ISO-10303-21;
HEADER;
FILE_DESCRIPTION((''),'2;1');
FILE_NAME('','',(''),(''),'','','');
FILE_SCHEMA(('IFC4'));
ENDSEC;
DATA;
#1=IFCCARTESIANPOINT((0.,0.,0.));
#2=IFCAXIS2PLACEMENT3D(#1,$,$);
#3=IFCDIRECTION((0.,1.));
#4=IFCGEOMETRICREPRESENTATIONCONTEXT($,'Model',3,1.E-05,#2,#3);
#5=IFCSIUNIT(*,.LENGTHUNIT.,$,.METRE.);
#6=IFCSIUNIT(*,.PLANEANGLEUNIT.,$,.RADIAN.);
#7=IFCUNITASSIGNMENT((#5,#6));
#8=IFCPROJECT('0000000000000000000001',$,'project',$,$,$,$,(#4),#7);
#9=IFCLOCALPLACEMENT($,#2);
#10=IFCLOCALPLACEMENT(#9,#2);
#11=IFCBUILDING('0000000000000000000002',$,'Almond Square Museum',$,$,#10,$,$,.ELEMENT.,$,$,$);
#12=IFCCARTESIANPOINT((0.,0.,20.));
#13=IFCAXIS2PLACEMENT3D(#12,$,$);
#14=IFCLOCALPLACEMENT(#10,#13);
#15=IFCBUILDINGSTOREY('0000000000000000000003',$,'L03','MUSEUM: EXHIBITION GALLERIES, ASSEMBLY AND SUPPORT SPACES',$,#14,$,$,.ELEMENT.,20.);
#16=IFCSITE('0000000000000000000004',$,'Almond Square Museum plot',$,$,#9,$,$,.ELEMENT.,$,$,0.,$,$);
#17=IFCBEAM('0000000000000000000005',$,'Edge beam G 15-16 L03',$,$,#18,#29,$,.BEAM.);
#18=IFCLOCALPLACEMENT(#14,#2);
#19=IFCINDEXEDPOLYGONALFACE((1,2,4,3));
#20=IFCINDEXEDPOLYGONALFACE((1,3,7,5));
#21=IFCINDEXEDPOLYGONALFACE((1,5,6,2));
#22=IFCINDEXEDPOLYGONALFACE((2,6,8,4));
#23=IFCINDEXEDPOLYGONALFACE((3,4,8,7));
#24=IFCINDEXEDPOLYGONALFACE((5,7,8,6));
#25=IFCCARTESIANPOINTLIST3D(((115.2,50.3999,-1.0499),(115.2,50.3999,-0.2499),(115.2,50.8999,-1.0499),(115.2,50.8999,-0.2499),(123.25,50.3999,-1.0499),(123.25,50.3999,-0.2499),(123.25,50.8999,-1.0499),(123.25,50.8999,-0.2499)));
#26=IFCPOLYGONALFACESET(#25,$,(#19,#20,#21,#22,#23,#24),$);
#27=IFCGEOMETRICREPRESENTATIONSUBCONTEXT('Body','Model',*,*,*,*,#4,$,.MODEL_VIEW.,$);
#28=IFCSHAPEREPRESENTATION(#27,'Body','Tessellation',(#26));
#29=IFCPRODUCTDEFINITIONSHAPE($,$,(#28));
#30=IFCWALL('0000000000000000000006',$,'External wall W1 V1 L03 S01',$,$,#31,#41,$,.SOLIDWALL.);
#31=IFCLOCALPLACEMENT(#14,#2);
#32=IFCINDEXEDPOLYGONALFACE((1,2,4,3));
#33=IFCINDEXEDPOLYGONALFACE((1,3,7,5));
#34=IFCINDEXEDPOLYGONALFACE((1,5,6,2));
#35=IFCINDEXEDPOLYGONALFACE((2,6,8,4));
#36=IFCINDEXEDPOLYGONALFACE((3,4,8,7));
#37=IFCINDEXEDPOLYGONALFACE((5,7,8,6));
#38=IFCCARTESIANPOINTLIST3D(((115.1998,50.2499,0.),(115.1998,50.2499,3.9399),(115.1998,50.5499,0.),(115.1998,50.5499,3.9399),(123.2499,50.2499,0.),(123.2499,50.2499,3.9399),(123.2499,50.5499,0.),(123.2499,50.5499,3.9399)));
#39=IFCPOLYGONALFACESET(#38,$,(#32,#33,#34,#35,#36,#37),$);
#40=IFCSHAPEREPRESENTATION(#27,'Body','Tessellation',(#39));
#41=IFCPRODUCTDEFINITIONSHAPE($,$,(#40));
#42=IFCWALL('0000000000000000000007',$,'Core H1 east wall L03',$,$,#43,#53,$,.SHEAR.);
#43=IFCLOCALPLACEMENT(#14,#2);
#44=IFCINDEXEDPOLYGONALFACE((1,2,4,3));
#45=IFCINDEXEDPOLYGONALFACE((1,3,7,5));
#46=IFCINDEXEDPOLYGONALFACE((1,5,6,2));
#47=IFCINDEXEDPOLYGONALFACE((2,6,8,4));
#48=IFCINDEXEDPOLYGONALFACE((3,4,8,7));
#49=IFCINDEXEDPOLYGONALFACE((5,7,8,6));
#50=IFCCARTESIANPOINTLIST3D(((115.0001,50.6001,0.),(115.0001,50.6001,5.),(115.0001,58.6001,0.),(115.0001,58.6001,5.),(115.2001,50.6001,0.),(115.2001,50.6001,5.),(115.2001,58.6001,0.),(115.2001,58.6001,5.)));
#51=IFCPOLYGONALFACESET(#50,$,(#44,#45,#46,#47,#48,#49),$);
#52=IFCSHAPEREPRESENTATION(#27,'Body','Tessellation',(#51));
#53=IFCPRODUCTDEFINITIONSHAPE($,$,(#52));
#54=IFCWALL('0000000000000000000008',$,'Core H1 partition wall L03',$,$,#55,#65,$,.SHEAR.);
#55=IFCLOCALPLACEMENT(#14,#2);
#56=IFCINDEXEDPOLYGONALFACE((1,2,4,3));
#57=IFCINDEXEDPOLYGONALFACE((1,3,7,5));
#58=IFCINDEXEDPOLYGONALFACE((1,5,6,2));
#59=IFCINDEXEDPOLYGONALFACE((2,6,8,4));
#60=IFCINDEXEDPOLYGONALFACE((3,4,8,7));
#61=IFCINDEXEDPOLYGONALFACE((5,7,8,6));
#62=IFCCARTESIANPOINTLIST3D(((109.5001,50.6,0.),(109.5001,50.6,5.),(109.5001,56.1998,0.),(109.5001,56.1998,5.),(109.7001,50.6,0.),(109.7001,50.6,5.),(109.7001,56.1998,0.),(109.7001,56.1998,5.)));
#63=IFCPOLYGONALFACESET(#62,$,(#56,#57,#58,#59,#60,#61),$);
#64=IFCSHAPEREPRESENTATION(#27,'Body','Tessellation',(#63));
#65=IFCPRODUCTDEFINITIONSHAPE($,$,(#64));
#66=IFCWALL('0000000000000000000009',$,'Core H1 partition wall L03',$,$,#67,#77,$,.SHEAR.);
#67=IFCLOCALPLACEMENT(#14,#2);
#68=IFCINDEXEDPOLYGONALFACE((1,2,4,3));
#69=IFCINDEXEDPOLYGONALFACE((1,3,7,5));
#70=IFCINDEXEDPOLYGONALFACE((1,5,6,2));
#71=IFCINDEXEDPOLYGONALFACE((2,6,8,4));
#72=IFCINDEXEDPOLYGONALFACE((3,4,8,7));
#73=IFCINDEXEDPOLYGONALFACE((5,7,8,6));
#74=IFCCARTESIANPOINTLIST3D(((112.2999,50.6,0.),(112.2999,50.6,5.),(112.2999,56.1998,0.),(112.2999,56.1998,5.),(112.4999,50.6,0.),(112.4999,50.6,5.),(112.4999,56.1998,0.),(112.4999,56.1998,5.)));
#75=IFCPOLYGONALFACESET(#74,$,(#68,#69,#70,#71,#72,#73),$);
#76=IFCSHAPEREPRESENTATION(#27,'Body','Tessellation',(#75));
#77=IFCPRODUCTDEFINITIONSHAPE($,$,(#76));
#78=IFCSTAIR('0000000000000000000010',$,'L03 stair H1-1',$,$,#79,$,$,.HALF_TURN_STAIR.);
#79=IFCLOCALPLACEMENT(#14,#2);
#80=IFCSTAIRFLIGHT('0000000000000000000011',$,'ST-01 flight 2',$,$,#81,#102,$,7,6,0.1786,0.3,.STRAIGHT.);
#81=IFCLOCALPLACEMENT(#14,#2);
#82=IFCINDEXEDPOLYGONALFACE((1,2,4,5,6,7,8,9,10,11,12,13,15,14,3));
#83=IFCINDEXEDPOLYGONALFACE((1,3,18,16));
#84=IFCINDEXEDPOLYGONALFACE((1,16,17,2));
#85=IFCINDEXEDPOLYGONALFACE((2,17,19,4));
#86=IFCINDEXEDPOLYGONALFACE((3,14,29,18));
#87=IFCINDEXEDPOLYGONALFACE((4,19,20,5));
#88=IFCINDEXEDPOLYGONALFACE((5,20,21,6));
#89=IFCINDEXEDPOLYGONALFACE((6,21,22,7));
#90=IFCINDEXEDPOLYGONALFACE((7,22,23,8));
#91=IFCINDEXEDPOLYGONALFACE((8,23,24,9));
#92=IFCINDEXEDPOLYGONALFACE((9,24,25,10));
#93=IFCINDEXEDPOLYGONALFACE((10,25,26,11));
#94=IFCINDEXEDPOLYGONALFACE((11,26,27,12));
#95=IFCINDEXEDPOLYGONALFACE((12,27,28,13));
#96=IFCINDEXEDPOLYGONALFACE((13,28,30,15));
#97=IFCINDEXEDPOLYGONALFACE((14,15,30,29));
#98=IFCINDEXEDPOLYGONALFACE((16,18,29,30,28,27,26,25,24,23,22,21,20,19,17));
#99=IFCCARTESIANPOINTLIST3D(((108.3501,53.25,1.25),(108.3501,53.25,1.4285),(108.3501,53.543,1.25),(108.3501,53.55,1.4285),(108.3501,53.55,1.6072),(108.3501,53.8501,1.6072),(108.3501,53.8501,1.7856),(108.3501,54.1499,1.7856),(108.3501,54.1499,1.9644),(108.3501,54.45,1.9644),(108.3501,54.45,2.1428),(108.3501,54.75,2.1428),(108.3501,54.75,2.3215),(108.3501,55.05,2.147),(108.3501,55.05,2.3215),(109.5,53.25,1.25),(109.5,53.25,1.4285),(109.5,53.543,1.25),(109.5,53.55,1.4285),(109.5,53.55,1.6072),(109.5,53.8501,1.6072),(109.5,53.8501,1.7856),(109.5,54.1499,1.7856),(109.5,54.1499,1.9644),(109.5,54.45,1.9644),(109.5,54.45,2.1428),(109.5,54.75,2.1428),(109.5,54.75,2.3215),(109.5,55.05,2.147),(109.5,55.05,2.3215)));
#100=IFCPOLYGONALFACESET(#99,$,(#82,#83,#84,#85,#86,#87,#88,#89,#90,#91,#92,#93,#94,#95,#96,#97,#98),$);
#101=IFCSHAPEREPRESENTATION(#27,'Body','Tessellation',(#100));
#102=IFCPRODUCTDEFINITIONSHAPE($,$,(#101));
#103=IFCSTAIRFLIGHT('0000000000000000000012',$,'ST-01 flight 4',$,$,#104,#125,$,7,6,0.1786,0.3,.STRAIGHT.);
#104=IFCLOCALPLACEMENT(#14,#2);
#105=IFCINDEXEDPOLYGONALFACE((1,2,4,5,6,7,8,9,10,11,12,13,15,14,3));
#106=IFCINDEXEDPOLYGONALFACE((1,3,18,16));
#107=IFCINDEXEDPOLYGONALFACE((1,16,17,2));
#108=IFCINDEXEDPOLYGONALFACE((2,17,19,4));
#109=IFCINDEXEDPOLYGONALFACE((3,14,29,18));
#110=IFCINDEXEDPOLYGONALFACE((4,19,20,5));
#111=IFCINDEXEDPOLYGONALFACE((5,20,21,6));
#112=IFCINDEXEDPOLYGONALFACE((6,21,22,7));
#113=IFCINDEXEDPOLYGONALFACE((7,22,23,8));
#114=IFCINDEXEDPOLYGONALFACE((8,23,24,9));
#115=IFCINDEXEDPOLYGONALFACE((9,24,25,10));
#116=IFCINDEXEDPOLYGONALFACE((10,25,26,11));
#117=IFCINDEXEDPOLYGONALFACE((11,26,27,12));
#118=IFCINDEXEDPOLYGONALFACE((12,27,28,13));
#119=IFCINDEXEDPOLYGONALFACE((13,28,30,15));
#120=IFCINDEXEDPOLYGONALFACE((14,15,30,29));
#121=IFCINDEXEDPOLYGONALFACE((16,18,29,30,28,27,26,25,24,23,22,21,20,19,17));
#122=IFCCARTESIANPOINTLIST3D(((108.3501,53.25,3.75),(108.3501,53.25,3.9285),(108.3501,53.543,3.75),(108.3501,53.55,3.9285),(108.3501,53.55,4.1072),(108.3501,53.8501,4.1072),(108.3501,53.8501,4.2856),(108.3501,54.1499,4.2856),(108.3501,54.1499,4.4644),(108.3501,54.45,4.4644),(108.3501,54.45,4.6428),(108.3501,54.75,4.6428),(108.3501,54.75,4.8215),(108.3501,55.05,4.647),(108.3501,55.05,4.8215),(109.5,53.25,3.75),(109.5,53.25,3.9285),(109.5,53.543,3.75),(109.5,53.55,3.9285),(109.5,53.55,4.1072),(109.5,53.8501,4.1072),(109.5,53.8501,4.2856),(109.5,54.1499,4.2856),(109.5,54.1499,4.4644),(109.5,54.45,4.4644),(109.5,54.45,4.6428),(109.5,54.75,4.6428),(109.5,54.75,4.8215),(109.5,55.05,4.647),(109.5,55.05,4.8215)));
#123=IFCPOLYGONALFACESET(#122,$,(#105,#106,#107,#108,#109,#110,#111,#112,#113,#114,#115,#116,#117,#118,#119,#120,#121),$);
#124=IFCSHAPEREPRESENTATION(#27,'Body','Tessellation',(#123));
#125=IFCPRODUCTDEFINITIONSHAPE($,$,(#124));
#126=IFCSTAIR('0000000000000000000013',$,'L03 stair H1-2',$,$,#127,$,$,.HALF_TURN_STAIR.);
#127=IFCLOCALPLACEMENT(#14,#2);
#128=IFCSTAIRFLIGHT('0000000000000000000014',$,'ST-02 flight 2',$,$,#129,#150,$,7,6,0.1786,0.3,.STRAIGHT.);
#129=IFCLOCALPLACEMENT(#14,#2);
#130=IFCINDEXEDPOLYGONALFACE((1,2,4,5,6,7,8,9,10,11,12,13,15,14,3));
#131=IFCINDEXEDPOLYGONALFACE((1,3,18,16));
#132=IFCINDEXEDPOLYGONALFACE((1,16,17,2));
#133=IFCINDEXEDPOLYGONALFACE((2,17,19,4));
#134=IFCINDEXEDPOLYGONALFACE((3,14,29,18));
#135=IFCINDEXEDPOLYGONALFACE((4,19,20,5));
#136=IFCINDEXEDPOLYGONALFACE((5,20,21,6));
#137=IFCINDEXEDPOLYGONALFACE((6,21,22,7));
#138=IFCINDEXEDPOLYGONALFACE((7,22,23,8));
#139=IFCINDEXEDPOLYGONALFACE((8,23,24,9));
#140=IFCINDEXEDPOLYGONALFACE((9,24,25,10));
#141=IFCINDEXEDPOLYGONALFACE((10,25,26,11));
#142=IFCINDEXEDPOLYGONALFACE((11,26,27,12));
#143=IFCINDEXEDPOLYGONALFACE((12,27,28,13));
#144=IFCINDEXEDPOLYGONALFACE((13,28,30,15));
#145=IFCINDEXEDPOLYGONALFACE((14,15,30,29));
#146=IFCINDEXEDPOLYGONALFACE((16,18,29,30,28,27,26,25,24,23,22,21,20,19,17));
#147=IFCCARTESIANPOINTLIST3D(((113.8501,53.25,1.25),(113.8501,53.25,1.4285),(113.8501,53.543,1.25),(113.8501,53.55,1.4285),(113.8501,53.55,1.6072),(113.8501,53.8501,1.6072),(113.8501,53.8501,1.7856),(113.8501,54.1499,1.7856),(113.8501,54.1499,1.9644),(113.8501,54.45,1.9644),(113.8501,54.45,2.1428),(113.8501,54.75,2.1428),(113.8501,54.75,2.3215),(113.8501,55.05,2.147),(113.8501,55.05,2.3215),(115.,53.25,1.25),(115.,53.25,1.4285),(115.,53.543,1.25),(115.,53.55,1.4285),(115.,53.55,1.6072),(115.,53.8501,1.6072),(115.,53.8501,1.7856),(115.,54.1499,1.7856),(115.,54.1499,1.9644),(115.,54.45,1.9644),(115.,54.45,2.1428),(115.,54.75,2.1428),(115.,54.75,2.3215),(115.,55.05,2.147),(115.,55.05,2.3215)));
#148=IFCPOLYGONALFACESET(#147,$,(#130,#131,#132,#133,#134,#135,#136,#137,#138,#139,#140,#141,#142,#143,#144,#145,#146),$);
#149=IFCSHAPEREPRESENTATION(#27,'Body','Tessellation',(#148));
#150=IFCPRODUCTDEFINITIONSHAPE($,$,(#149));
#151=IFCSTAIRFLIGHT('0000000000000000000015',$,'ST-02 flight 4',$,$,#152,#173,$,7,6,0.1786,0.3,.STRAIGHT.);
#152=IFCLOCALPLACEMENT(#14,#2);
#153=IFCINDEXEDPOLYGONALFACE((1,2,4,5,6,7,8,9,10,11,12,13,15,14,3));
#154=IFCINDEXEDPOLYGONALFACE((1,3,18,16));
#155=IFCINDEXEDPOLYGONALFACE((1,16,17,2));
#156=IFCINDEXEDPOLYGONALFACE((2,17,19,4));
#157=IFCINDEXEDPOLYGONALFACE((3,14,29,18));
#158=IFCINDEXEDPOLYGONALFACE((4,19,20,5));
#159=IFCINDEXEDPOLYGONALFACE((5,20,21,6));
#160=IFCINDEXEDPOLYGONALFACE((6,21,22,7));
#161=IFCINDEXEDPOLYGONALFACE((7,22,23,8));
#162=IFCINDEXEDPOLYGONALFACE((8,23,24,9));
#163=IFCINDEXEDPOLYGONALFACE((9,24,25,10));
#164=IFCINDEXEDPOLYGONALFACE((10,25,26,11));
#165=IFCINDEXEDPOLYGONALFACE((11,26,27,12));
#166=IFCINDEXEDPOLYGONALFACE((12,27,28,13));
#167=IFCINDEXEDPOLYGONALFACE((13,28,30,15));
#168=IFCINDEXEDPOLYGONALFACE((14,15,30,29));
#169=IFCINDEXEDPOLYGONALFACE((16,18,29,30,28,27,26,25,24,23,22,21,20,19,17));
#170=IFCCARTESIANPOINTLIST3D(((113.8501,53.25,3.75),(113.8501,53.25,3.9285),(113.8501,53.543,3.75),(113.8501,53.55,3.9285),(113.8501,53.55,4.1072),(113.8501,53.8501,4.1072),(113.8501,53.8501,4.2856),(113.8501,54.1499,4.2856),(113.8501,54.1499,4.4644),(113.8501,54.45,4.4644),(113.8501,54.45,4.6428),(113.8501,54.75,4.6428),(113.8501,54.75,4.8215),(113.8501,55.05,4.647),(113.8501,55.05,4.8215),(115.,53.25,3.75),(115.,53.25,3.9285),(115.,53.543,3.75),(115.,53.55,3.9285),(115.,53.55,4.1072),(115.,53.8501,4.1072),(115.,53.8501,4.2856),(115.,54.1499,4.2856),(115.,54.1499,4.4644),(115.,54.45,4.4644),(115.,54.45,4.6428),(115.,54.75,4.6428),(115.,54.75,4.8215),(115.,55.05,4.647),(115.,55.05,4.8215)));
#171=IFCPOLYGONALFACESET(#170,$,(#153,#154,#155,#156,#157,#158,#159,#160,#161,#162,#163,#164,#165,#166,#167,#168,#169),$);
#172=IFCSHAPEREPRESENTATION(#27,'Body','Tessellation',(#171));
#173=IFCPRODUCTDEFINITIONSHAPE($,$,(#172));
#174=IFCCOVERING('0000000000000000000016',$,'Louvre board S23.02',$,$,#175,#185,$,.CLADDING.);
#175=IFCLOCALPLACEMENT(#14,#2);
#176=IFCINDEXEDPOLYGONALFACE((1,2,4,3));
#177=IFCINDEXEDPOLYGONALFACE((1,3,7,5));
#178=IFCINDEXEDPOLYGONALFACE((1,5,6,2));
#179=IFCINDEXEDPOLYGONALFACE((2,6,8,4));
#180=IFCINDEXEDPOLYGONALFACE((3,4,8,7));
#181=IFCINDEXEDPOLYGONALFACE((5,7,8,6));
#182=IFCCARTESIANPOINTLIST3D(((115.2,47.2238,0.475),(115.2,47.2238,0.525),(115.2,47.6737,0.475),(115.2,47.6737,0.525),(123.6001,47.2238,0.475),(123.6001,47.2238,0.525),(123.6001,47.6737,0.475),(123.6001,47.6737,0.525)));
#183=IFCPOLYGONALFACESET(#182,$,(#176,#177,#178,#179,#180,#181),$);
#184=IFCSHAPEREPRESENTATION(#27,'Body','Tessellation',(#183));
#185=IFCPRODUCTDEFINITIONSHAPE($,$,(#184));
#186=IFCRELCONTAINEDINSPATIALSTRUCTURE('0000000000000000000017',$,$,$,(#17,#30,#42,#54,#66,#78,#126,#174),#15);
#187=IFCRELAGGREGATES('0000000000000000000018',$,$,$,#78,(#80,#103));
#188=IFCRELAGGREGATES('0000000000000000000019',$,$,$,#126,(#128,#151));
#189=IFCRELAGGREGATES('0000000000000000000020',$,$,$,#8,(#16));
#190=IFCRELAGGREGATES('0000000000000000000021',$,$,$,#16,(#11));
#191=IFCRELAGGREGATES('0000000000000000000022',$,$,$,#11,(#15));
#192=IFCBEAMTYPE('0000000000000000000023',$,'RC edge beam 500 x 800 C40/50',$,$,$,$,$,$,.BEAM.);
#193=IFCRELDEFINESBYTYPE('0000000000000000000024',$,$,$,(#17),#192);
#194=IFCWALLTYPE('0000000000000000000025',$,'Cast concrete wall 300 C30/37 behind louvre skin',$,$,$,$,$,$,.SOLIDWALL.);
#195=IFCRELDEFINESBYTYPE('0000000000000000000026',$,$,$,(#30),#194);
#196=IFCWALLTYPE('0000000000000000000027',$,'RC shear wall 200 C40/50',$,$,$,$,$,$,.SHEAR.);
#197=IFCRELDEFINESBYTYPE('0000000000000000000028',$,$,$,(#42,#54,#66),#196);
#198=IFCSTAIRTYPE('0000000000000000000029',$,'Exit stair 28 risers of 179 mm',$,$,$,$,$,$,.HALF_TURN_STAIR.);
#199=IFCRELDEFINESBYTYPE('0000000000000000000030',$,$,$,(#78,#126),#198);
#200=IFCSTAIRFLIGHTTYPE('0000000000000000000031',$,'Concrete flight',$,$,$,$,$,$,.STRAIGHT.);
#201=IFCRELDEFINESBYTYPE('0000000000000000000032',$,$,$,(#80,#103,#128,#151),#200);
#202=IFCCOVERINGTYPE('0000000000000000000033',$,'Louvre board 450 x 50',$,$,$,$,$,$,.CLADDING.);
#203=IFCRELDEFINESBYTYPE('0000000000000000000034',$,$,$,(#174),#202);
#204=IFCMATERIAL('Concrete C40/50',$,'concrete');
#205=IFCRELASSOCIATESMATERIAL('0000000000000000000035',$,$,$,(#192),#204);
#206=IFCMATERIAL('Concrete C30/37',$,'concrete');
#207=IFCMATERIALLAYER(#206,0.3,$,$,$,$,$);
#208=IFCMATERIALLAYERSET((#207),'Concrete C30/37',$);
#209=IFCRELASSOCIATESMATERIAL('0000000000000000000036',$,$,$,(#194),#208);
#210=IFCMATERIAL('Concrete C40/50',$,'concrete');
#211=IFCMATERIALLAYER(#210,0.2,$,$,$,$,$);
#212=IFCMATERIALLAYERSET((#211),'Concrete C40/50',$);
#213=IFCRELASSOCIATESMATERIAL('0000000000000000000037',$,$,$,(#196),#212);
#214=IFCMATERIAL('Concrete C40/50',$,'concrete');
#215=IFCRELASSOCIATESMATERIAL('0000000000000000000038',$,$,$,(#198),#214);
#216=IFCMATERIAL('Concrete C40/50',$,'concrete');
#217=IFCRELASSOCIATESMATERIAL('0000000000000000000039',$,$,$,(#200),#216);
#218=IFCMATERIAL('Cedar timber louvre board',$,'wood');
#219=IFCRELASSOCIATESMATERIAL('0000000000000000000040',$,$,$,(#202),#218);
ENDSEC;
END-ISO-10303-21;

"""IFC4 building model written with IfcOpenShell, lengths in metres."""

from ifc_helpers import new_model, si_unit, direction, frame, frame_2d, origin, origin_2d, place, context, subcontext, project, spatial, polyline, rectangle, outline, extrude, material, layer, layer_set, material_profile, profile_set, type_object, element, aggregate, save


model = new_model("IFC4")

# Units and contexts
model_context = context("Model", 3, precision=1e-05, world=origin(), true_north=direction((0.0, 1.0)))
body_context = subcontext(model_context, "Body", "Model", "MODEL_VIEW")
ifc_project = project(units=[si_unit("LENGTHUNIT", "METRE"), si_unit("PLANEANGLEUNIT", "RADIAN")], contexts=[model_context])

# Site, building, storey
site_placement = place(None, origin())
site = spatial("IfcSite", under=ifc_project, at=site_placement, Name="Almond Square Museum plot", CompositionType="ELEMENT", RefElevation=0.0)
building_placement = place(site_placement, origin())
building = spatial("IfcBuilding", under=site, at=building_placement, Name="Almond Square Museum", CompositionType="ELEMENT")
storey_placement = place(building_placement, frame((0.0, 0.0, 20.0)))
storey = spatial("IfcBuildingStorey", under=building, at=storey_placement, Name="L03", Description="MUSEUM: EXHIBITION GALLERIES, ASSEMBLY AND SUPPORT SPACES", CompositionType="ELEMENT", Elevation=20.0)

# Beam
ifc_material_1 = material(Name="Concrete C40/50", Category="concrete")
ifc_material_profile_1 = material_profile(ifc_material_1, rectangle(XDim=0.5, YDim=0.8, at=origin_2d()))
ifc_profile_set_1 = profile_set([ifc_material_profile_1], Name="Concrete C40/50")
beam_type = type_object("IfcBeamType", Name="RC edge beam 500 x 800 C40/50", PredefinedType="BEAM", material=ifc_profile_set_1)
beam_placement = place(storey_placement, frame((115.2, 50.6499, -0.6499), z_axis=(1.0, 0.0, 0.0), x_axis=(0.0, 1.0, 0.0)))
element("IfcBeam", 1, at=beam_placement, inside=storey, type_object=beam_type, Name="Edge beam G 15-16 L03", PredefinedType="BEAM", context=body_context, shape_type="SweptSolid", body=[
    extrude(rectangle(XDim=0.5, YDim=0.8, at=origin_2d()), origin(), (0.0, 0.0, 1.0), 8.05),
])

# Walls
ifc_material_2 = material(Name="Concrete C30/37", Category="concrete")
ifc_layer_1 = layer(ifc_material_2, 0.3)
ifc_layer_set_1 = layer_set([ifc_layer_1], Name="Concrete C30/37")
wall_type_1 = type_object("IfcWallType", Name="Cast concrete wall 300 C30/37 behind louvre skin", PredefinedType="SOLIDWALL", material=ifc_layer_set_1)
wall_1_placement = place(storey_placement, frame((115.2, 50.3999, 0.0), z_axis=(0.0, 0.0, 1.0), x_axis=(1.0, 0.0, 0.0)))
element("IfcWall", 2, at=wall_1_placement, inside=storey, type_object=wall_type_1, Name="External wall W1 V1 L03 S01", PredefinedType="SOLIDWALL", context=body_context, shape_type="SweptSolid", body=[
    extrude(rectangle(XDim=8.05, YDim=0.3, at=frame_2d((4.0249, 0.0))), origin(), (0.0, 0.0, 1.0), 3.9399),
])
ifc_material_3 = material(Name="Concrete C40/50", Category="concrete")
ifc_layer_2 = layer(ifc_material_3, 0.2)
ifc_layer_set_2 = layer_set([ifc_layer_2], Name="Concrete C40/50")
wall_type_2 = type_object("IfcWallType", Name="RC shear wall 200 C40/50", PredefinedType="SHEAR", material=ifc_layer_set_2)
wall_2_placement = place(storey_placement, frame((115.1001, 50.6001, 0.0), z_axis=(0.0, 0.0, 1.0), x_axis=(0.0, 1.0, 0.0)))
element("IfcWall", 3, at=wall_2_placement, inside=storey, type_object=wall_type_2, Name="Core H1 east wall L03", PredefinedType="SHEAR", context=body_context, shape_type="SweptSolid", body=[
    extrude(rectangle(XDim=8.0, YDim=0.2, at=frame_2d((4.0, 0.0))), origin(), (0.0, 0.0, 1.0), 5.0),
])
for number, where, z_axis, x_axis, name in (
    (4, (109.6001, 50.6001, 0.0), (0.0, 0.0, 1.0), (0.0, 1.0, 0.0), "Core H1 partition wall L03"),
    (5, (112.3999, 50.6001, 0.0), (0.0, 0.0, 1.0), (0.0, 1.0, 0.0), "Core H1 partition wall L03"),
):
    element("IfcWall", number, at=place(storey_placement, frame(where, z_axis=z_axis, x_axis=x_axis)), inside=storey, type_object=wall_type_2, Name=name, PredefinedType="SHEAR", context=body_context, shape_type="SweptSolid", body=[
        extrude(rectangle(XDim=5.5999, YDim=0.2, at=frame_2d((2.7998, 0.0))), origin(), (0.0, 0.0, 1.0), 5.0),
    ])

# Stairs, stair flights
ifc_material_4 = material(Name="Concrete C40/50", Category="concrete")
stair_type = type_object("IfcStairType", Name="Exit stair 28 risers of 179 mm", PredefinedType="HALF_TURN_STAIR", material=ifc_material_4)
stair_1_placement = place(storey_placement, origin())
stair_1 = element("IfcStair", 6, at=stair_1_placement, inside=storey, type_object=stair_type, Name="L03 stair H1-1", PredefinedType="HALF_TURN_STAIR")
ifc_material_5 = material(Name="Concrete C40/50", Category="concrete")
stair_flight_type = type_object("IfcStairFlightType", Name="Concrete flight", PredefinedType="STRAIGHT", material=ifc_material_5)
stair_flight_1_placement = place(storey_placement, frame((108.925, 53.25, 1.25), z_axis=(0.0, 0.0, 1.0), x_axis=(0.0, 1.0, 0.0)))
stair_flight_1 = element("IfcStairFlight", 7, at=stair_flight_1_placement, type_object=stair_flight_type, Name="ST-01 flight 2", NumberOfRisers=7, NumberOfTreads=6, PredefinedType="STRAIGHT", RiserHeight=0.1786, TreadLength=0.3, context=body_context, shape_type="SweptSolid", body=[
    extrude(outline(polyline([(0.0, 0.0), (0.0, 0.1785), (0.3, 0.1785), (0.3, 0.3572), (0.6001, 0.3572), (0.6001, 0.5356), (0.8999, 0.5356), (0.8999, 0.7144), (1.2, 0.7144), (1.2, 0.8928), (1.5, 0.8928), (1.5, 1.0715), (1.8, 1.0715), (1.8, 1.25), (1.8, 0.897), (0.293, 0.0), (0.0, 0.0)])), frame((0.0, 0.575, 0.0), z_axis=(0.0, -1.0, 0.0), x_axis=(1.0, 0.0, 0.0)), (0.0, 0.0, 1.0), 1.1499),
])
stair_flight_2_placement = place(storey_placement, frame((108.925, 53.25, 3.75), z_axis=(0.0, 0.0, 1.0), x_axis=(0.0, 1.0, 0.0)))
stair_flight_2 = element("IfcStairFlight", 8, at=stair_flight_2_placement, type_object=stair_flight_type, Name="ST-01 flight 4", NumberOfRisers=7, NumberOfTreads=6, PredefinedType="STRAIGHT", RiserHeight=0.1786, TreadLength=0.3, context=body_context, shape_type="SweptSolid", body=[
    extrude(outline(polyline([(0.0, 0.0), (0.0, 0.1785), (0.3, 0.1785), (0.3, 0.3572), (0.6001, 0.3572), (0.6001, 0.5356), (0.8999, 0.5356), (0.8999, 0.7144), (1.2, 0.7144), (1.2, 0.8928), (1.5, 0.8928), (1.5, 1.0715), (1.8, 1.0715), (1.8, 1.25), (1.8, 0.897), (0.293, 0.0), (0.0, 0.0)])), frame((0.0, 0.575, 0.0), z_axis=(0.0, -1.0, 0.0), x_axis=(1.0, 0.0, 0.0)), (0.0, 0.0, 1.0), 1.1499),
])
aggregate(stair_1, [stair_flight_1, stair_flight_2])
stair_2_placement = place(storey_placement, origin())
stair_2 = element("IfcStair", 9, at=stair_2_placement, inside=storey, type_object=stair_type, Name="L03 stair H1-2", PredefinedType="HALF_TURN_STAIR")
stair_flight_3_placement = place(storey_placement, frame((114.425, 53.25, 1.25), z_axis=(0.0, 0.0, 1.0), x_axis=(0.0, 1.0, 0.0)))
stair_flight_3 = element("IfcStairFlight", 10, at=stair_flight_3_placement, type_object=stair_flight_type, Name="ST-02 flight 2", NumberOfRisers=7, NumberOfTreads=6, PredefinedType="STRAIGHT", RiserHeight=0.1786, TreadLength=0.3, context=body_context, shape_type="SweptSolid", body=[
    extrude(outline(polyline([(0.0, 0.0), (0.0, 0.1785), (0.3, 0.1785), (0.3, 0.3572), (0.6001, 0.3572), (0.6001, 0.5356), (0.8999, 0.5356), (0.8999, 0.7144), (1.2, 0.7144), (1.2, 0.8928), (1.5, 0.8928), (1.5, 1.0715), (1.8, 1.0715), (1.8, 1.25), (1.8, 0.897), (0.293, 0.0), (0.0, 0.0)])), frame((0.0, 0.575, 0.0), z_axis=(0.0, -1.0, 0.0), x_axis=(1.0, 0.0, 0.0)), (0.0, 0.0, 1.0), 1.1499),
])
stair_flight_4_placement = place(storey_placement, frame((114.425, 53.25, 3.75), z_axis=(0.0, 0.0, 1.0), x_axis=(0.0, 1.0, 0.0)))
stair_flight_4 = element("IfcStairFlight", 11, at=stair_flight_4_placement, type_object=stair_flight_type, Name="ST-02 flight 4", NumberOfRisers=7, NumberOfTreads=6, PredefinedType="STRAIGHT", RiserHeight=0.1786, TreadLength=0.3, context=body_context, shape_type="SweptSolid", body=[
    extrude(outline(polyline([(0.0, 0.0), (0.0, 0.1785), (0.3, 0.1785), (0.3, 0.3572), (0.6001, 0.3572), (0.6001, 0.5356), (0.8999, 0.5356), (0.8999, 0.7144), (1.2, 0.7144), (1.2, 0.8928), (1.5, 0.8928), (1.5, 1.0715), (1.8, 1.0715), (1.8, 1.25), (1.8, 0.897), (0.293, 0.0), (0.0, 0.0)])), frame((0.0, 0.575, 0.0), z_axis=(0.0, -1.0, 0.0), x_axis=(1.0, 0.0, 0.0)), (0.0, 0.0, 1.0), 1.1499),
])
aggregate(stair_2, [stair_flight_3, stair_flight_4])

# Covering
ifc_material_6 = material(Name="Cedar timber louvre board", Category="wood")
ifc_material_profile_2 = material_profile(ifc_material_6, rectangle(XDim=0.45, YDim=0.05, at=origin_2d()))
ifc_profile_set_2 = profile_set([ifc_material_profile_2], Name="Cedar timber louvre board")
covering_type = type_object("IfcCoveringType", Name="Louvre board 450 x 50", PredefinedType="CLADDING", material=ifc_profile_set_2)
for number, where, z_axis, x_axis, name in (
    (12, (115.2, 47.4487, 0.5), (1.0, 0.0, 0.0), (0.0, 1.0, 0.0), "Louvre board S23.02"),
):
    element("IfcCovering", number, at=place(storey_placement, frame(where, z_axis=z_axis, x_axis=x_axis)), inside=storey, type_object=covering_type, Name=name, PredefinedType="CLADDING", context=body_context, shape_type="SweptSolid", body=[
        extrude(rectangle(XDim=0.45, YDim=0.05, at=origin_2d()), origin(), (0.0, 0.0, 1.0), 8.4001),
    ])

save(model, "model.ifc")
